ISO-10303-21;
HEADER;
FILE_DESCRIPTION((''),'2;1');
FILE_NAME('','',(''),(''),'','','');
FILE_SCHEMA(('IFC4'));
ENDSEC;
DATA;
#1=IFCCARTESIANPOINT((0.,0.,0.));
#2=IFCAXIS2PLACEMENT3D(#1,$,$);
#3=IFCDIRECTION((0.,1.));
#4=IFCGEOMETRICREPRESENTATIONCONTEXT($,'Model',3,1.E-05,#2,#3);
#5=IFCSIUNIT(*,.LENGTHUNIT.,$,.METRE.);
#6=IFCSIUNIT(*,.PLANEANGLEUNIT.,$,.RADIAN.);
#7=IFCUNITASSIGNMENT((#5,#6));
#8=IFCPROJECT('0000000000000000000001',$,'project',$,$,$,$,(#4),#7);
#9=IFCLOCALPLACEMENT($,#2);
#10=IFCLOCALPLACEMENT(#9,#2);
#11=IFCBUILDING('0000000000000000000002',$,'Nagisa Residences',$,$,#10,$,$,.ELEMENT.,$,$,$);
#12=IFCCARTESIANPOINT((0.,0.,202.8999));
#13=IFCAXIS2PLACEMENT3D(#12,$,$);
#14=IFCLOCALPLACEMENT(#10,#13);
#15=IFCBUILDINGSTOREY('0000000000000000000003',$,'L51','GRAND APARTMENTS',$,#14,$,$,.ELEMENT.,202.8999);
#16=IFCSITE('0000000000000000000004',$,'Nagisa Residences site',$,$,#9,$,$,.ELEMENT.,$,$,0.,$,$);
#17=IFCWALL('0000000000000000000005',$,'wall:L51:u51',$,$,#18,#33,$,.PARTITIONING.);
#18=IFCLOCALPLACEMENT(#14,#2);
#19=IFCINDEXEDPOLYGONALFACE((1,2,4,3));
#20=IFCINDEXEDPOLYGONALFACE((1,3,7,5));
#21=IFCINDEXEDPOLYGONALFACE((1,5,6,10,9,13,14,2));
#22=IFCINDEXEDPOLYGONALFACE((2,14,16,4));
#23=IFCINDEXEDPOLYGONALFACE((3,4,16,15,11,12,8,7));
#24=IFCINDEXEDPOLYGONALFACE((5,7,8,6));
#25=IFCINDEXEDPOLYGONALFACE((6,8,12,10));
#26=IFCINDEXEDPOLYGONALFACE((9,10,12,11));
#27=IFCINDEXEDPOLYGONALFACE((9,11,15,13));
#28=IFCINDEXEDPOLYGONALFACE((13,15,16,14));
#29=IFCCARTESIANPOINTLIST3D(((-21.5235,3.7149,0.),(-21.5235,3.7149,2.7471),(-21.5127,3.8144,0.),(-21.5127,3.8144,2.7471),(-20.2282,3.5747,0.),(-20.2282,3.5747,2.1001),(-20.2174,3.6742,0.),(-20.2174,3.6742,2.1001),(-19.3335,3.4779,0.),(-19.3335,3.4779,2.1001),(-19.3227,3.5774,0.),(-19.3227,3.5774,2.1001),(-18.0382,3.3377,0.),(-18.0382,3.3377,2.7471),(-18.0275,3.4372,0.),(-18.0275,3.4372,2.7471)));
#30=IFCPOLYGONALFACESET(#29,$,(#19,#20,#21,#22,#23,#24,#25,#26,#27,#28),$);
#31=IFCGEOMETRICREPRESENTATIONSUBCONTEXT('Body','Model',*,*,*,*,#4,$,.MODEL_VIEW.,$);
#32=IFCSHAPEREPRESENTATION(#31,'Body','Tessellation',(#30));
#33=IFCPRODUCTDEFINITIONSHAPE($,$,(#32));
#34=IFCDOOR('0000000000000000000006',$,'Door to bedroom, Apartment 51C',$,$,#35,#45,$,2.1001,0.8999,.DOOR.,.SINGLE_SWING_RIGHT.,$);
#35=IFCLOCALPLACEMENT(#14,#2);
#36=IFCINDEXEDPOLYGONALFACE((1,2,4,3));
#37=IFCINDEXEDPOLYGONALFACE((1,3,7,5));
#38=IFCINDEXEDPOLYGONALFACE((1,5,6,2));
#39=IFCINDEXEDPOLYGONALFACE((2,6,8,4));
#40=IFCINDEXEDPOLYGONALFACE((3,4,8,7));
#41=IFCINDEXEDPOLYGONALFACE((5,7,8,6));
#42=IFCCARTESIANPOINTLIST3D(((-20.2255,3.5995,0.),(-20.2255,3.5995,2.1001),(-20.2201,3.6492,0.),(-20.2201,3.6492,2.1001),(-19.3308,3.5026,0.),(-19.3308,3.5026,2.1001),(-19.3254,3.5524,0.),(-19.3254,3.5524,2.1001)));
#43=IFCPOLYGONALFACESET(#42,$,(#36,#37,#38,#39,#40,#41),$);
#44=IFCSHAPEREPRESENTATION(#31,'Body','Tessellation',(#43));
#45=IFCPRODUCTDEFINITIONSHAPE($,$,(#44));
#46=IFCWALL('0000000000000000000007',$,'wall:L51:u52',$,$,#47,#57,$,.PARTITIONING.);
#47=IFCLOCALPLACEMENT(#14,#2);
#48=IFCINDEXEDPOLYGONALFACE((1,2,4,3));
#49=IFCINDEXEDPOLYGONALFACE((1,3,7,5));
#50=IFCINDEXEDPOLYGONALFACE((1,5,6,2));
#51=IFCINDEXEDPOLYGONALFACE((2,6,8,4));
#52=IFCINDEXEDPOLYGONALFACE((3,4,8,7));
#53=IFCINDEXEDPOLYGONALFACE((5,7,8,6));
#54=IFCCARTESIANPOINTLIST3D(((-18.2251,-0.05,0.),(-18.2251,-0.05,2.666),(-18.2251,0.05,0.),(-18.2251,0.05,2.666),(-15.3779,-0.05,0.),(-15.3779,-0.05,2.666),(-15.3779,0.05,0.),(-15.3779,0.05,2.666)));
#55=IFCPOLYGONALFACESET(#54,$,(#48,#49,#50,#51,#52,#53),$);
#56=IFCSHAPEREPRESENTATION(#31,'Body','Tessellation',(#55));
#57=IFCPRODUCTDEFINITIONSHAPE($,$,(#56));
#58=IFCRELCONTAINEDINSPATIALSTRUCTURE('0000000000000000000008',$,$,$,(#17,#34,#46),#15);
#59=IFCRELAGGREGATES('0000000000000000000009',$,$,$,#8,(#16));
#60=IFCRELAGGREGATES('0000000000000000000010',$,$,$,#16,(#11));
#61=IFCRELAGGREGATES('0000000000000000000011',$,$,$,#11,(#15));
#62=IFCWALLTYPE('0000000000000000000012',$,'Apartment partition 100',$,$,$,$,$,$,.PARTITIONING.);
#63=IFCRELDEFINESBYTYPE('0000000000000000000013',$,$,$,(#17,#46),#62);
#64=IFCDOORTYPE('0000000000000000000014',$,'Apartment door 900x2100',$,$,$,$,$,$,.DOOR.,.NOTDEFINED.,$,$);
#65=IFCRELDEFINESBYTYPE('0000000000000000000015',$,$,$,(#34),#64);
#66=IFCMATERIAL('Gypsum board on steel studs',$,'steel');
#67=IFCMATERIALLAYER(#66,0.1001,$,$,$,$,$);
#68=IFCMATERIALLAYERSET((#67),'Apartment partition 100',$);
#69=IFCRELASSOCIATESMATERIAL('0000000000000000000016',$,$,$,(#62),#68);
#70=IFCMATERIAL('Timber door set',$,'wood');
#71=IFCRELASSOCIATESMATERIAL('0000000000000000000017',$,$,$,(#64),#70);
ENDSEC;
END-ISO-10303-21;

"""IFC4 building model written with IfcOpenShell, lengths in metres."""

from ifc_helpers import new_model, si_unit, direction, frame, frame_2d, origin, place, context, subcontext, project, spatial, rectangle, extrude, material, layer, layer_set, type_object, element, fill, save


model = new_model("IFC4")

# Units and contexts
model_context = context("Model", 3, precision=1e-05, world=origin(), true_north=direction((0.0, 1.0)))
body_context = subcontext(model_context, "Body", "Model", "MODEL_VIEW")
ifc_project = project(units=[si_unit("LENGTHUNIT", "METRE"), si_unit("PLANEANGLEUNIT", "RADIAN")], contexts=[model_context])

# Site, building, storey
site_placement = place(None, origin())
site = spatial("IfcSite", under=ifc_project, at=site_placement, Name="Nagisa Residences site", CompositionType="ELEMENT", RefElevation=0.0)
building_placement = place(site_placement, origin())
building = spatial("IfcBuilding", under=site, at=building_placement, Name="Nagisa Residences", CompositionType="ELEMENT")
storey_placement = place(building_placement, frame((0.0, 0.0, 202.8999)))
storey = spatial("IfcBuildingStorey", under=building, at=storey_placement, Name="L51", Description="GRAND APARTMENTS", CompositionType="ELEMENT", Elevation=202.8999)

# Wall, opening, door
ifc_material_1 = material(Name="Gypsum board on steel studs", Category="steel")
ifc_layer_1 = layer(ifc_material_1, 0.1001)
ifc_layer_set_1 = layer_set([ifc_layer_1], Name="Apartment partition 100")
wall_type_1 = type_object("IfcWallType", Name="Apartment partition 100", PredefinedType="PARTITIONING", material=ifc_layer_set_1)
ifc_material_2 = material(Name="Timber door set", Category="wood")
door_type_1 = type_object("IfcDoorType", Name="Apartment door 900x2100", OperationType="NOTDEFINED", PredefinedType="DOOR", material=ifc_material_2)
wall_1_placement = place(storey_placement, frame((-18.0327, 3.3875, 0.0), z_axis=(0.0, 0.0, 1.0), x_axis=(-0.994195, 0.107595, 0.0)))
wall_1 = element("IfcWall", 1, at=wall_1_placement, inside=storey, type_object=wall_type_1, Name="wall:L51:u51", PredefinedType="PARTITIONING", context=body_context, shape_type="SweptSolid", body=[
    extrude(rectangle(XDim=3.5056, YDim=0.1001, at=frame_2d((1.7529, 0.0))), origin(), (0.0, 0.0, 1.0), 2.7471),
])
opening_1_placement = place(wall_1_placement, frame((1.303, 0.0, 0.0)))
opening_1 = element("IfcOpeningElement", 2, at=opening_1_placement, cuts=wall_1, PredefinedType="OPENING", context=body_context, shape_type="SweptSolid", body=[
    extrude(rectangle(XDim=0.8999, YDim=2.1001, at=frame_2d((0.45, 1.05))), frame((0.0, 0.0601, 0.0), z_axis=(0.0, -1.0, 0.0), x_axis=(1.0, 0.0, 0.0)), (0.0, 0.0, 1.0), 0.1201),
])
door_1_placement = place(opening_1_placement, frame((0.8999, 0.0, 0.0), x_axis=(-1.0, 0.0, 0.0)))
door_1 = element("IfcDoor", 3, at=door_1_placement, inside=storey, type_object=door_type_1, Name="Door to bedroom, Apartment 51C", OperationType="SINGLE_SWING_RIGHT", OverallHeight=2.1001, OverallWidth=0.8999, PredefinedType="DOOR", context=body_context, shape_type="SweptSolid", body=[
    extrude(rectangle(XDim=0.8999, YDim=2.1001, at=frame_2d((0.45, 1.05))), frame((0.0, 0.0249, 0.0), z_axis=(0.0, -1.0, 0.0), x_axis=(1.0, 0.0, 0.0)), (0.0, 0.0, 1.0), 0.05),
])
fill(opening_1, door_1)

# Wall
wall_2_placement = place(storey_placement, frame((-15.3779, 0.0, 0.0), z_axis=(0.0, 0.0, 1.0), x_axis=(-1.0, 0.0, 0.0)))
element("IfcWall", 4, at=wall_2_placement, inside=storey, type_object=wall_type_1, Name="wall:L51:u52", PredefinedType="PARTITIONING", context=body_context, shape_type="SweptSolid", body=[
    extrude(rectangle(XDim=2.8472, YDim=0.1001, at=frame_2d((1.4236, 0.0))), origin(), (0.0, 0.0, 1.0), 2.666),
])

save(model, "model.ifc")
